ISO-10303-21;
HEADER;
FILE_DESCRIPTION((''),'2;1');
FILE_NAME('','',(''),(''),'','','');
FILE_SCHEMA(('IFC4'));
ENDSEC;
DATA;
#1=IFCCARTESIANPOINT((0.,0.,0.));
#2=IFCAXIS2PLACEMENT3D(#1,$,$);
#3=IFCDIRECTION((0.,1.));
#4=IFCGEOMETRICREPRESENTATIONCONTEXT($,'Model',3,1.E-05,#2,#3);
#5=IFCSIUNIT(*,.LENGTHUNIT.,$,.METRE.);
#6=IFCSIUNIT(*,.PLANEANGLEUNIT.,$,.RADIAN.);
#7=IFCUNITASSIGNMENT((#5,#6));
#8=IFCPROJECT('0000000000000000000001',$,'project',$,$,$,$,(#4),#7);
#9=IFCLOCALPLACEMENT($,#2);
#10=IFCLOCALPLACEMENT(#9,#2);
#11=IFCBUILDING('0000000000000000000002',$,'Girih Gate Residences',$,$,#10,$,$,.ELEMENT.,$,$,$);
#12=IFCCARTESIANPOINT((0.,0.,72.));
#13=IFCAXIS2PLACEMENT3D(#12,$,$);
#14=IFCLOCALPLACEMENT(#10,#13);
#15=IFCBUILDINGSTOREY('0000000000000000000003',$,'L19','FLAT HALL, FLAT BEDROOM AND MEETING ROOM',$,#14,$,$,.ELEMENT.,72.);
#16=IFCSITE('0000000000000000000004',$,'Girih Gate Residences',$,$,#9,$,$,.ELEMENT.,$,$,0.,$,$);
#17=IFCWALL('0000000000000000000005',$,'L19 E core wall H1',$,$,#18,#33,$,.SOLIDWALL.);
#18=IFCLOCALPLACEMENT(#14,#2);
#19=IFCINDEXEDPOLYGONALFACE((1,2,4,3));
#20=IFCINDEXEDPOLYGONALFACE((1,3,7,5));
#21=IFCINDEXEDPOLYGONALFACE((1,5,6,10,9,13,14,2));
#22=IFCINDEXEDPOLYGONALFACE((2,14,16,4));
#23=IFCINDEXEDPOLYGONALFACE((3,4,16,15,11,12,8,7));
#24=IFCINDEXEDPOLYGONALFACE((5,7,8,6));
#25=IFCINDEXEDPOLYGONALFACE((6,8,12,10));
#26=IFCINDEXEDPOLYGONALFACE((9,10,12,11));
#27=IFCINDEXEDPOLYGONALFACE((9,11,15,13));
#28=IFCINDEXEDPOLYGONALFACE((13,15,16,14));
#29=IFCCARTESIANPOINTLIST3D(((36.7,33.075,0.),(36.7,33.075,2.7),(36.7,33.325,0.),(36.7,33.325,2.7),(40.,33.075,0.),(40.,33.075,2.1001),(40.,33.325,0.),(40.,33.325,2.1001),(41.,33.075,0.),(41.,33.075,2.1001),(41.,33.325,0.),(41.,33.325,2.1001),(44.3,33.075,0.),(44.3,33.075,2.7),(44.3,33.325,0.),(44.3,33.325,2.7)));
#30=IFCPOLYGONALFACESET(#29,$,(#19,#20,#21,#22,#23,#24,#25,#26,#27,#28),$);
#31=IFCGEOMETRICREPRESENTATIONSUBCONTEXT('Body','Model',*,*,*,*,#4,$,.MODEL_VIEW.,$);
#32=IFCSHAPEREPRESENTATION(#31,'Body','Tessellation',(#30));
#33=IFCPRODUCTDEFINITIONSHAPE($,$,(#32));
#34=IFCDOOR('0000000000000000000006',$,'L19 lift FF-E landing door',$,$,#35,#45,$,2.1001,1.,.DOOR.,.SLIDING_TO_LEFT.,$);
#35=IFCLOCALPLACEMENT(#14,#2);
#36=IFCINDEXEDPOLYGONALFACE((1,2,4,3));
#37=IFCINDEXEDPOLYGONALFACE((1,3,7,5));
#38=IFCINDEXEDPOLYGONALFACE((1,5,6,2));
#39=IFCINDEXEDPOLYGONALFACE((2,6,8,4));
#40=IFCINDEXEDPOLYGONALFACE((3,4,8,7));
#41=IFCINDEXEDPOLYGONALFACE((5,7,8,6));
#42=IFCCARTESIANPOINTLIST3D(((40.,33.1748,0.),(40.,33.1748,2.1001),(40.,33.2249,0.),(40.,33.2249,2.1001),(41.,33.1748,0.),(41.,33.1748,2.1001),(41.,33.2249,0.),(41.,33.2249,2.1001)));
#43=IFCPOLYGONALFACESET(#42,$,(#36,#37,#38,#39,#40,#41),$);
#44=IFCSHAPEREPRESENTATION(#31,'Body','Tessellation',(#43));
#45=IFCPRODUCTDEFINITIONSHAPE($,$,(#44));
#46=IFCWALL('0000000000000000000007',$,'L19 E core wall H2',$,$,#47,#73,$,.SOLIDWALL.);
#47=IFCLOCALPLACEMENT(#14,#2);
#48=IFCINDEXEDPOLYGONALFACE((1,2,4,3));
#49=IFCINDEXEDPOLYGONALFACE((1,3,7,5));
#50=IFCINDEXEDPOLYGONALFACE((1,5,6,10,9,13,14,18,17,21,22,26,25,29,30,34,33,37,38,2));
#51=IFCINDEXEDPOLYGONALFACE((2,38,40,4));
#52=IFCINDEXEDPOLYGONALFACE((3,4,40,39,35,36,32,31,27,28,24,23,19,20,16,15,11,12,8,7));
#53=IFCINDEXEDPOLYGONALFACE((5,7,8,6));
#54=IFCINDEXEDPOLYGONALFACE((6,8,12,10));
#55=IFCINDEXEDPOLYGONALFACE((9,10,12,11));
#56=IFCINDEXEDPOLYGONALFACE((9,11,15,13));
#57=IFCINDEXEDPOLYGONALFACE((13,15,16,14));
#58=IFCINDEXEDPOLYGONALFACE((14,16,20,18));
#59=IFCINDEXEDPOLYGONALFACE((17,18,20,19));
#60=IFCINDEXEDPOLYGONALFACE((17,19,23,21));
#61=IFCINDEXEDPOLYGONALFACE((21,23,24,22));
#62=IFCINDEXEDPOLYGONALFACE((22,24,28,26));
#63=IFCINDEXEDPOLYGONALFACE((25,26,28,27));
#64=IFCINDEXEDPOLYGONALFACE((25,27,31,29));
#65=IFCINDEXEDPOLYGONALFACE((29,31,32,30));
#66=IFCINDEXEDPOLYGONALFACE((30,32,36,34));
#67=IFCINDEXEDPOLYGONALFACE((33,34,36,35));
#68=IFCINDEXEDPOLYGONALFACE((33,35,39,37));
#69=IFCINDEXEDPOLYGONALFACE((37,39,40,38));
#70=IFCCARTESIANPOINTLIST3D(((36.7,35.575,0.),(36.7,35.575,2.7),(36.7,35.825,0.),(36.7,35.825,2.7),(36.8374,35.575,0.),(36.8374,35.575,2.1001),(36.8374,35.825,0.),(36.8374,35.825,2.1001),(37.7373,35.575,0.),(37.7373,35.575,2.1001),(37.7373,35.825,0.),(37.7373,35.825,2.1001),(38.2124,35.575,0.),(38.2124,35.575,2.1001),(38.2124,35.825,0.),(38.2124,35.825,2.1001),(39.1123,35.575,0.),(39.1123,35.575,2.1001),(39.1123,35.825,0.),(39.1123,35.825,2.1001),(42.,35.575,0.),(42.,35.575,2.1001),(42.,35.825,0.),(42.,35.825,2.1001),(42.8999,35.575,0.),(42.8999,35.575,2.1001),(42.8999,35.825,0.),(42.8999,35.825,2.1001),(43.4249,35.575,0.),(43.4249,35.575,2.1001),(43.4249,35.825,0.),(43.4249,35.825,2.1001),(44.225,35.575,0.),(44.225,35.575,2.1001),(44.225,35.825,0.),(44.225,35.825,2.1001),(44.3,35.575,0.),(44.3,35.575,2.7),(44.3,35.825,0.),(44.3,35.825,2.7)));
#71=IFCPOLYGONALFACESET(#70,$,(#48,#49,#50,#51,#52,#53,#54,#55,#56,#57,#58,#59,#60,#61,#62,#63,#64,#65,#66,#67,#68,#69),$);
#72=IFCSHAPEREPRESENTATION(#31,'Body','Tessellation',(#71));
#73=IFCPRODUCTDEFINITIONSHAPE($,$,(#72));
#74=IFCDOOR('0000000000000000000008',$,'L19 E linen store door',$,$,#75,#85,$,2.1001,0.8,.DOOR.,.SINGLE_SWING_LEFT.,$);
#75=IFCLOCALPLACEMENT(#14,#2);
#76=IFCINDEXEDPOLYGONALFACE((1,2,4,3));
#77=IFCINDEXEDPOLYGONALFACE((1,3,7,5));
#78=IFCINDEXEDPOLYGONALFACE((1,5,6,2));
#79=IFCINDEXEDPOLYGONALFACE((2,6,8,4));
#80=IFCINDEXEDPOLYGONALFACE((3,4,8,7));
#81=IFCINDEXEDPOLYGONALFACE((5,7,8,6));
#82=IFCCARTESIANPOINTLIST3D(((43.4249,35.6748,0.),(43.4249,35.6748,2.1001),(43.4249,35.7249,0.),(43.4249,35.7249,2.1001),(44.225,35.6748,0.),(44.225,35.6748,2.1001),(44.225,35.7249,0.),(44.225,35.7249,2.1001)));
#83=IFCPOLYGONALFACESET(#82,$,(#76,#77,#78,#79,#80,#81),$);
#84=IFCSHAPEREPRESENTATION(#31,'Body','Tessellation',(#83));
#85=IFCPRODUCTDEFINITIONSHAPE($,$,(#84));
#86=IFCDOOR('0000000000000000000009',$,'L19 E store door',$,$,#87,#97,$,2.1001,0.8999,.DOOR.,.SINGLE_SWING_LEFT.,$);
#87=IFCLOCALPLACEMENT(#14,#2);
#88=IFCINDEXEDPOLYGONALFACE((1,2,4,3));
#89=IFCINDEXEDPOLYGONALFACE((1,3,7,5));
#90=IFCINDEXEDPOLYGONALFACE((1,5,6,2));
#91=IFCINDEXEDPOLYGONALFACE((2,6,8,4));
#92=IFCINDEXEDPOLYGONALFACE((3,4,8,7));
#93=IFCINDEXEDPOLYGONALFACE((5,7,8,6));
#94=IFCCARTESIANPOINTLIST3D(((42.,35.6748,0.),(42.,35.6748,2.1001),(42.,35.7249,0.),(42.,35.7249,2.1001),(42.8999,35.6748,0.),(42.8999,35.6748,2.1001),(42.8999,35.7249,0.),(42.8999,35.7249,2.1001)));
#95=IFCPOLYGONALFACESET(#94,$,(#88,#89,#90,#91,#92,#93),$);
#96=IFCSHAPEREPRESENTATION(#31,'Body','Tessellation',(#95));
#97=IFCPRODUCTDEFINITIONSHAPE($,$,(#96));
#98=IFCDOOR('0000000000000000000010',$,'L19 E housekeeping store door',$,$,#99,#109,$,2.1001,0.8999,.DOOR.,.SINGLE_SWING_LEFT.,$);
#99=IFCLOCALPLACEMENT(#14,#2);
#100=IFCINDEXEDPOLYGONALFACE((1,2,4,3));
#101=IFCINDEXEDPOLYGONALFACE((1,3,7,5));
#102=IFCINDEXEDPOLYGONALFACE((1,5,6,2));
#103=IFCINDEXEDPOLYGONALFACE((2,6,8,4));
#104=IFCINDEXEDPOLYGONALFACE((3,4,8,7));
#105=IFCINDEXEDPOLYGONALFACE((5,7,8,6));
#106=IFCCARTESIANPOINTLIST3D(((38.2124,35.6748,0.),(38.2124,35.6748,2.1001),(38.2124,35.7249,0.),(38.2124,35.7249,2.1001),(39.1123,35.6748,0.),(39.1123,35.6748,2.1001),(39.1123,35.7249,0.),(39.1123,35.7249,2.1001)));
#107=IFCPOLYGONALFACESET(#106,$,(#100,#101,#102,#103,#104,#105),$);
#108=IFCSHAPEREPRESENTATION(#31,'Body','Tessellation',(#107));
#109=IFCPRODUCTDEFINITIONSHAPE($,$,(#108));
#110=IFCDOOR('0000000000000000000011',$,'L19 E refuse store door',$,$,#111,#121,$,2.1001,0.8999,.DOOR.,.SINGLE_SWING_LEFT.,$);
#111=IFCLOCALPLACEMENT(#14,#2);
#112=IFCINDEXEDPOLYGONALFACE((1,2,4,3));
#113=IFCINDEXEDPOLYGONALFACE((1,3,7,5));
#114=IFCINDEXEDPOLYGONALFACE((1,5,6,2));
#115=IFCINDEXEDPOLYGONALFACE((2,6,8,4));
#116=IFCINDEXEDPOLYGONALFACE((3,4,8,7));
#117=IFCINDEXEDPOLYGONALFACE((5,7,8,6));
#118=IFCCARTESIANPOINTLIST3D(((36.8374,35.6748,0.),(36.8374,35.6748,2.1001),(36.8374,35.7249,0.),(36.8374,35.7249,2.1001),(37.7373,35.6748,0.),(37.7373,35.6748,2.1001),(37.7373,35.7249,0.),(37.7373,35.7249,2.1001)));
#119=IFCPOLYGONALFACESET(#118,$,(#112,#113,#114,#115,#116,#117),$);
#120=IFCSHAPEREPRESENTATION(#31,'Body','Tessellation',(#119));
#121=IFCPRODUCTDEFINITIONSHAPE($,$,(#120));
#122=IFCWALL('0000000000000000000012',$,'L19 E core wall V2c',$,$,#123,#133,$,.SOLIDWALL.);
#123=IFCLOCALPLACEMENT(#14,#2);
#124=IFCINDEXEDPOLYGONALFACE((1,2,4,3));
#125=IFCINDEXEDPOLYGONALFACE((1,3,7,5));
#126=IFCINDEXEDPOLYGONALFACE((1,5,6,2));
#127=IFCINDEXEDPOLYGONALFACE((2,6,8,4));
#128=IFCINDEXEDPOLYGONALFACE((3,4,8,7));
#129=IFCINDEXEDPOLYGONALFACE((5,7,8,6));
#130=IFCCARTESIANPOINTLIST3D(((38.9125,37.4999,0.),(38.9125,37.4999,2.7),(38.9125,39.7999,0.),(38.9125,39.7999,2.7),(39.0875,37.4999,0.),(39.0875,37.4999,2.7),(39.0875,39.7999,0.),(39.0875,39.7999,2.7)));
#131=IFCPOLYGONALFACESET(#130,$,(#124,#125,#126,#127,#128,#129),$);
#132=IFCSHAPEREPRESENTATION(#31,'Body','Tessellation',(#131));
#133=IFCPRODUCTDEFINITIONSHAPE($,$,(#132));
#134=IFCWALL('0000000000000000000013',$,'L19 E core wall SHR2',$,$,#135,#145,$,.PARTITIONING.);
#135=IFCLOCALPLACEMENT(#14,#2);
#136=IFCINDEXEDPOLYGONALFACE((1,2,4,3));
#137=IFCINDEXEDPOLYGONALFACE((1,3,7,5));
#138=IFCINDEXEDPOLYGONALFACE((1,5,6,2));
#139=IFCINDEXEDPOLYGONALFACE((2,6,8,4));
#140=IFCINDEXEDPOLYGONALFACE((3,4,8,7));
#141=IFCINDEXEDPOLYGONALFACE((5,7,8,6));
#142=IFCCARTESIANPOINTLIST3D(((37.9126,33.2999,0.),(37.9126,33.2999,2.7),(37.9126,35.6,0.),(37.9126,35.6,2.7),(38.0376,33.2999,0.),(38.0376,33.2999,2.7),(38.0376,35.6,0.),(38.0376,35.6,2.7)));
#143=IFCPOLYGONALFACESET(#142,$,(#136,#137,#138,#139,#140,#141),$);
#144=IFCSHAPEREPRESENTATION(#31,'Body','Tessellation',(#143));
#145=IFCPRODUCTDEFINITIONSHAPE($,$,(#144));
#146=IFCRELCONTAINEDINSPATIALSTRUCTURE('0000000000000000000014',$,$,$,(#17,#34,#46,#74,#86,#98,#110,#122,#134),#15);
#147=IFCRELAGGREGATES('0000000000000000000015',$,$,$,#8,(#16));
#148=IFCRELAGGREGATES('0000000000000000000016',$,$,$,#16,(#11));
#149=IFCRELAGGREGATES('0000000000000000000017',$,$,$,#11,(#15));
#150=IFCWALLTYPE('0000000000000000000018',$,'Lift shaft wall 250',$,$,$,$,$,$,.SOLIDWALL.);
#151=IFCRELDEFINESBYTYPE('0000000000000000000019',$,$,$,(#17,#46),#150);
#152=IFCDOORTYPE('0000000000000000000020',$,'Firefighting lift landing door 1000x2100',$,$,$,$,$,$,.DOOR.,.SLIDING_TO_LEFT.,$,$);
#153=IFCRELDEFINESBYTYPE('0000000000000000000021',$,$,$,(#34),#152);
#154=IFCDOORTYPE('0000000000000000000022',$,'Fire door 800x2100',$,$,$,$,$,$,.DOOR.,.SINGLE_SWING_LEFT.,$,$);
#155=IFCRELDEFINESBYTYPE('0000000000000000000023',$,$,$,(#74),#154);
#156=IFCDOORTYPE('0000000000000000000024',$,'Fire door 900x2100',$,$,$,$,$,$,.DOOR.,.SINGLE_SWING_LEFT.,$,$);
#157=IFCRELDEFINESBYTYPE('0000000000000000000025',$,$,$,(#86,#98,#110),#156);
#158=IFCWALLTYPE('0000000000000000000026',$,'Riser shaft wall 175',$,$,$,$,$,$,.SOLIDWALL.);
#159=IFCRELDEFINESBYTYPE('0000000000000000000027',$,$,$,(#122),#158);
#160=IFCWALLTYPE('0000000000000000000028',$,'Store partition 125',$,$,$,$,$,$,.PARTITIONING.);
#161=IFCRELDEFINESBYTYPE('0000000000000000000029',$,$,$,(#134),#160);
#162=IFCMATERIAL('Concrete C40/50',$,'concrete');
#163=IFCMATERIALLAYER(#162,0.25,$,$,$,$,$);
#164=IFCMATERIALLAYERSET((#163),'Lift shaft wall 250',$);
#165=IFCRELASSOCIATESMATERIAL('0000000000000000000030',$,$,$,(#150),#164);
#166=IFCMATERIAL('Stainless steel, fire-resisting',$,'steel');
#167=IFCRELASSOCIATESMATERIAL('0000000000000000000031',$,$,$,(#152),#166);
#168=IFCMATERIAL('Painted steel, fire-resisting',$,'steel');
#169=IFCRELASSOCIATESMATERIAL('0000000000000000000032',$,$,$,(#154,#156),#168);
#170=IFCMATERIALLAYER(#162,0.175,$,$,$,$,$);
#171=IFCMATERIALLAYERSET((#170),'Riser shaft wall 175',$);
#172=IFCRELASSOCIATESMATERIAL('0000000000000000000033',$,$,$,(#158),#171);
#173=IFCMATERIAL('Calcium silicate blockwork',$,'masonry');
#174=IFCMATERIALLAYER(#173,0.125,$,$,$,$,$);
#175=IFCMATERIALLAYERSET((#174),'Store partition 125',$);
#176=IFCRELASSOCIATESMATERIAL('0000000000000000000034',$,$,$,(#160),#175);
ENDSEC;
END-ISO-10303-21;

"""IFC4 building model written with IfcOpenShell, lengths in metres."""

from ifc_helpers import new_model, si_unit, direction, frame, frame_2d, origin, place, context, subcontext, project, spatial, rectangle, extrude, material, layer, layer_set, type_object, element, fill, save


model = new_model("IFC4")

# Units and contexts
model_context = context("Model", 3, precision=1e-05, world=origin(), true_north=direction((0.0, 1.0)))
body_context = subcontext(model_context, "Body", "Model", "MODEL_VIEW")
ifc_project = project(units=[si_unit("LENGTHUNIT", "METRE"), si_unit("PLANEANGLEUNIT", "RADIAN")], contexts=[model_context])

# Site, building, storey
site_placement = place(None, origin())
site = spatial("IfcSite", under=ifc_project, at=site_placement, Name="Girih Gate Residences", CompositionType="ELEMENT", RefElevation=0.0)
building_placement = place(site_placement, origin())
building = spatial("IfcBuilding", under=site, at=building_placement, Name="Girih Gate Residences", CompositionType="ELEMENT")
storey_placement = place(building_placement, frame((0.0, 0.0, 72.0)))
storey = spatial("IfcBuildingStorey", under=building, at=storey_placement, Name="L19", Description="FLAT HALL, FLAT BEDROOM AND MEETING ROOM", CompositionType="ELEMENT", Elevation=72.0)

# Wall, opening, door
ifc_material_1 = material(Name="Concrete C40/50", Category="concrete")
ifc_layer_1 = layer(ifc_material_1, 0.25)
ifc_layer_set_1 = layer_set([ifc_layer_1], Name="Lift shaft wall 250")
wall_type_1 = type_object("IfcWallType", Name="Lift shaft wall 250", PredefinedType="SOLIDWALL", material=ifc_layer_set_1)
wall_1_placement = place(storey_placement, frame((36.7, 33.2, 0.0), z_axis=(0.0, 0.0, 1.0), x_axis=(1.0, 0.0, 0.0)))
wall_1 = element("IfcWall", 1, at=wall_1_placement, inside=storey, type_object=wall_type_1, Name="L19 E core wall H1", PredefinedType="SOLIDWALL", context=body_context, shape_type="SweptSolid", body=[
    extrude(rectangle(XDim=7.6001, YDim=0.25, at=frame_2d((3.8, 0.0))), origin(), (0.0, 0.0, 1.0), 2.7),
])
opening_1_placement = place(wall_1_placement, frame((3.3, 0.0, 0.0)))
opening_1 = element("IfcOpeningElement", 2, at=opening_1_placement, cuts=wall_1, PredefinedType="OPENING", context=body_context, shape_type="SweptSolid", body=[
    extrude(rectangle(XDim=1.0, YDim=2.1001, at=frame_2d((0.5, 1.05))), frame((0.0, 0.135, 0.0), z_axis=(0.0, -1.0, 0.0), x_axis=(1.0, 0.0, 0.0)), (0.0, 0.0, 1.0), 0.27),
])
ifc_material_2 = material(Name="Stainless steel, fire-resisting", Category="steel")
door_type_1 = type_object("IfcDoorType", Name="Firefighting lift landing door 1000x2100", OperationType="SLIDING_TO_LEFT", PredefinedType="DOOR", material=ifc_material_2)
door_1_placement = place(opening_1_placement, origin())
door_1 = element("IfcDoor", 3, at=door_1_placement, inside=storey, type_object=door_type_1, Name="L19 lift FF-E landing door", OperationType="SLIDING_TO_LEFT", OverallHeight=2.1001, OverallWidth=1.0, PredefinedType="DOOR", context=body_context, shape_type="SweptSolid", body=[
    extrude(rectangle(XDim=1.0, YDim=2.1001, at=frame_2d((0.5, 1.05))), frame((0.0, 0.0249, 0.0), z_axis=(0.0, -1.0, 0.0), x_axis=(1.0, 0.0, 0.0)), (0.0, 0.0, 1.0), 0.05),
])
fill(opening_1, door_1)

# Wall, openings, doors
wall_2_placement = place(storey_placement, frame((36.7, 35.7, 0.0), z_axis=(0.0, 0.0, 1.0), x_axis=(1.0, 0.0, 0.0)))
wall_2 = element("IfcWall", 4, at=wall_2_placement, inside=storey, type_object=wall_type_1, Name="L19 E core wall H2", PredefinedType="SOLIDWALL", context=body_context, shape_type="SweptSolid", body=[
    extrude(rectangle(XDim=7.6001, YDim=0.25, at=frame_2d((3.8, 0.0))), origin(), (0.0, 0.0, 1.0), 2.7),
])
opening_2_placement = place(wall_2_placement, frame((6.7251, 0.0, 0.0)))
opening_2 = element("IfcOpeningElement", 5, at=opening_2_placement, cuts=wall_2, PredefinedType="OPENING", context=body_context, shape_type="SweptSolid", body=[
    extrude(rectangle(XDim=0.8, YDim=2.1001, at=frame_2d((0.3999, 1.05))), frame((0.0, 0.135, 0.0), z_axis=(0.0, -1.0, 0.0), x_axis=(1.0, 0.0, 0.0)), (0.0, 0.0, 1.0), 0.27),
])
opening_3_placement = place(wall_2_placement, frame((5.3, 0.0, 0.0)))
opening_3 = element("IfcOpeningElement", 6, at=opening_3_placement, cuts=wall_2, PredefinedType="OPENING", context=body_context, shape_type="SweptSolid", body=[
    extrude(rectangle(XDim=0.8999, YDim=2.1001, at=frame_2d((0.45, 1.05))), frame((0.0, 0.135, 0.0), z_axis=(0.0, -1.0, 0.0), x_axis=(1.0, 0.0, 0.0)), (0.0, 0.0, 1.0), 0.27),
])
opening_4_placement = place(wall_2_placement, frame((1.5125, 0.0, 0.0)))
opening_4 = element("IfcOpeningElement", 7, at=opening_4_placement, cuts=wall_2, PredefinedType="OPENING", context=body_context, shape_type="SweptSolid", body=[
    extrude(rectangle(XDim=0.8999, YDim=2.1001, at=frame_2d((0.45, 1.05))), frame((0.0, 0.135, 0.0), z_axis=(0.0, -1.0, 0.0), x_axis=(1.0, 0.0, 0.0)), (0.0, 0.0, 1.0), 0.27),
])
opening_5_placement = place(wall_2_placement, frame((0.1375, 0.0, 0.0)))
opening_5 = element("IfcOpeningElement", 8, at=opening_5_placement, cuts=wall_2, PredefinedType="OPENING", context=body_context, shape_type="SweptSolid", body=[
    extrude(rectangle(XDim=0.8999, YDim=2.1001, at=frame_2d((0.45, 1.05))), frame((0.0, 0.135, 0.0), z_axis=(0.0, -1.0, 0.0), x_axis=(1.0, 0.0, 0.0)), (0.0, 0.0, 1.0), 0.27),
])
ifc_material_3 = material(Name="Painted steel, fire-resisting", Category="steel")
door_type_2 = type_object("IfcDoorType", Name="Fire door 800x2100", OperationType="SINGLE_SWING_LEFT", PredefinedType="DOOR", material=ifc_material_3)
door_2_placement = place(opening_2_placement, origin())
door_2 = element("IfcDoor", 9, at=door_2_placement, inside=storey, type_object=door_type_2, Name="L19 E linen store door", OperationType="SINGLE_SWING_LEFT", OverallHeight=2.1001, OverallWidth=0.8, PredefinedType="DOOR", context=body_context, shape_type="SweptSolid", body=[
    extrude(rectangle(XDim=0.8, YDim=2.1001, at=frame_2d((0.3999, 1.05))), frame((0.0, 0.0249, 0.0), z_axis=(0.0, -1.0, 0.0), x_axis=(1.0, 0.0, 0.0)), (0.0, 0.0, 1.0), 0.05),
])
fill(opening_2, door_2)
door_type_3 = type_object("IfcDoorType", Name="Fire door 900x2100", OperationType="SINGLE_SWING_LEFT", PredefinedType="DOOR", material=ifc_material_3)
door_3_placement = place(opening_3_placement, origin())
door_3 = element("IfcDoor", 10, at=door_3_placement, inside=storey, type_object=door_type_3, Name="L19 E store door", OperationType="SINGLE_SWING_LEFT", OverallHeight=2.1001, OverallWidth=0.8999, PredefinedType="DOOR", context=body_context, shape_type="SweptSolid", body=[
    extrude(rectangle(XDim=0.8999, YDim=2.1001, at=frame_2d((0.45, 1.05))), frame((0.0, 0.0249, 0.0), z_axis=(0.0, -1.0, 0.0), x_axis=(1.0, 0.0, 0.0)), (0.0, 0.0, 1.0), 0.05),
])
fill(opening_3, door_3)
door_4_placement = place(opening_4_placement, origin())
door_4 = element("IfcDoor", 11, at=door_4_placement, inside=storey, type_object=door_type_3, Name="L19 E housekeeping store door", OperationType="SINGLE_SWING_LEFT", OverallHeight=2.1001, OverallWidth=0.8999, PredefinedType="DOOR", context=body_context, shape_type="SweptSolid", body=[
    extrude(rectangle(XDim=0.8999, YDim=2.1001, at=frame_2d((0.45, 1.05))), frame((0.0, 0.0249, 0.0), z_axis=(0.0, -1.0, 0.0), x_axis=(1.0, 0.0, 0.0)), (0.0, 0.0, 1.0), 0.05),
])
fill(opening_4, door_4)
door_5_placement = place(opening_5_placement, origin())
door_5 = element("IfcDoor", 12, at=door_5_placement, inside=storey, type_object=door_type_3, Name="L19 E refuse store door", OperationType="SINGLE_SWING_LEFT", OverallHeight=2.1001, OverallWidth=0.8999, PredefinedType="DOOR", context=body_context, shape_type="SweptSolid", body=[
    extrude(rectangle(XDim=0.8999, YDim=2.1001, at=frame_2d((0.45, 1.05))), frame((0.0, 0.0249, 0.0), z_axis=(0.0, -1.0, 0.0), x_axis=(1.0, 0.0, 0.0)), (0.0, 0.0, 1.0), 0.05),
])
fill(opening_5, door_5)

# Walls
ifc_layer_2 = layer(ifc_material_1, 0.175)
ifc_layer_set_2 = layer_set([ifc_layer_2], Name="Riser shaft wall 175")
wall_type_2 = type_object("IfcWallType", Name="Riser shaft wall 175", PredefinedType="SOLIDWALL", material=ifc_layer_set_2)
wall_3_placement = place(storey_placement, frame((39.0, 37.5, 0.0), z_axis=(0.0, 0.0, 1.0), x_axis=(0.0, 1.0, 0.0)))
element("IfcWall", 13, at=wall_3_placement, inside=storey, type_object=wall_type_2, Name="L19 E core wall V2c", PredefinedType="SOLIDWALL", context=body_context, shape_type="SweptSolid", body=[
    extrude(rectangle(XDim=2.3, YDim=0.175, at=frame_2d((1.1499, 0.0))), origin(), (0.0, 0.0, 1.0), 2.7),
])
ifc_material_4 = material(Name="Calcium silicate blockwork", Category="masonry")
ifc_layer_3 = layer(ifc_material_4, 0.125)
ifc_layer_set_3 = layer_set([ifc_layer_3], Name="Store partition 125")
wall_type_3 = type_object("IfcWallType", Name="Store partition 125", PredefinedType="PARTITIONING", material=ifc_layer_set_3)
wall_4_placement = place(storey_placement, frame((37.9751, 33.3, 0.0), z_axis=(0.0, 0.0, 1.0), x_axis=(0.0, 1.0, 0.0)))
element("IfcWall", 14, at=wall_4_placement, inside=storey, type_object=wall_type_3, Name="L19 E core wall SHR2", PredefinedType="PARTITIONING", context=body_context, shape_type="SweptSolid", body=[
    extrude(rectangle(XDim=2.3, YDim=0.125, at=frame_2d((1.1499, 0.0))), origin(), (0.0, 0.0, 1.0), 2.7),
])

save(model, "model.ifc")
